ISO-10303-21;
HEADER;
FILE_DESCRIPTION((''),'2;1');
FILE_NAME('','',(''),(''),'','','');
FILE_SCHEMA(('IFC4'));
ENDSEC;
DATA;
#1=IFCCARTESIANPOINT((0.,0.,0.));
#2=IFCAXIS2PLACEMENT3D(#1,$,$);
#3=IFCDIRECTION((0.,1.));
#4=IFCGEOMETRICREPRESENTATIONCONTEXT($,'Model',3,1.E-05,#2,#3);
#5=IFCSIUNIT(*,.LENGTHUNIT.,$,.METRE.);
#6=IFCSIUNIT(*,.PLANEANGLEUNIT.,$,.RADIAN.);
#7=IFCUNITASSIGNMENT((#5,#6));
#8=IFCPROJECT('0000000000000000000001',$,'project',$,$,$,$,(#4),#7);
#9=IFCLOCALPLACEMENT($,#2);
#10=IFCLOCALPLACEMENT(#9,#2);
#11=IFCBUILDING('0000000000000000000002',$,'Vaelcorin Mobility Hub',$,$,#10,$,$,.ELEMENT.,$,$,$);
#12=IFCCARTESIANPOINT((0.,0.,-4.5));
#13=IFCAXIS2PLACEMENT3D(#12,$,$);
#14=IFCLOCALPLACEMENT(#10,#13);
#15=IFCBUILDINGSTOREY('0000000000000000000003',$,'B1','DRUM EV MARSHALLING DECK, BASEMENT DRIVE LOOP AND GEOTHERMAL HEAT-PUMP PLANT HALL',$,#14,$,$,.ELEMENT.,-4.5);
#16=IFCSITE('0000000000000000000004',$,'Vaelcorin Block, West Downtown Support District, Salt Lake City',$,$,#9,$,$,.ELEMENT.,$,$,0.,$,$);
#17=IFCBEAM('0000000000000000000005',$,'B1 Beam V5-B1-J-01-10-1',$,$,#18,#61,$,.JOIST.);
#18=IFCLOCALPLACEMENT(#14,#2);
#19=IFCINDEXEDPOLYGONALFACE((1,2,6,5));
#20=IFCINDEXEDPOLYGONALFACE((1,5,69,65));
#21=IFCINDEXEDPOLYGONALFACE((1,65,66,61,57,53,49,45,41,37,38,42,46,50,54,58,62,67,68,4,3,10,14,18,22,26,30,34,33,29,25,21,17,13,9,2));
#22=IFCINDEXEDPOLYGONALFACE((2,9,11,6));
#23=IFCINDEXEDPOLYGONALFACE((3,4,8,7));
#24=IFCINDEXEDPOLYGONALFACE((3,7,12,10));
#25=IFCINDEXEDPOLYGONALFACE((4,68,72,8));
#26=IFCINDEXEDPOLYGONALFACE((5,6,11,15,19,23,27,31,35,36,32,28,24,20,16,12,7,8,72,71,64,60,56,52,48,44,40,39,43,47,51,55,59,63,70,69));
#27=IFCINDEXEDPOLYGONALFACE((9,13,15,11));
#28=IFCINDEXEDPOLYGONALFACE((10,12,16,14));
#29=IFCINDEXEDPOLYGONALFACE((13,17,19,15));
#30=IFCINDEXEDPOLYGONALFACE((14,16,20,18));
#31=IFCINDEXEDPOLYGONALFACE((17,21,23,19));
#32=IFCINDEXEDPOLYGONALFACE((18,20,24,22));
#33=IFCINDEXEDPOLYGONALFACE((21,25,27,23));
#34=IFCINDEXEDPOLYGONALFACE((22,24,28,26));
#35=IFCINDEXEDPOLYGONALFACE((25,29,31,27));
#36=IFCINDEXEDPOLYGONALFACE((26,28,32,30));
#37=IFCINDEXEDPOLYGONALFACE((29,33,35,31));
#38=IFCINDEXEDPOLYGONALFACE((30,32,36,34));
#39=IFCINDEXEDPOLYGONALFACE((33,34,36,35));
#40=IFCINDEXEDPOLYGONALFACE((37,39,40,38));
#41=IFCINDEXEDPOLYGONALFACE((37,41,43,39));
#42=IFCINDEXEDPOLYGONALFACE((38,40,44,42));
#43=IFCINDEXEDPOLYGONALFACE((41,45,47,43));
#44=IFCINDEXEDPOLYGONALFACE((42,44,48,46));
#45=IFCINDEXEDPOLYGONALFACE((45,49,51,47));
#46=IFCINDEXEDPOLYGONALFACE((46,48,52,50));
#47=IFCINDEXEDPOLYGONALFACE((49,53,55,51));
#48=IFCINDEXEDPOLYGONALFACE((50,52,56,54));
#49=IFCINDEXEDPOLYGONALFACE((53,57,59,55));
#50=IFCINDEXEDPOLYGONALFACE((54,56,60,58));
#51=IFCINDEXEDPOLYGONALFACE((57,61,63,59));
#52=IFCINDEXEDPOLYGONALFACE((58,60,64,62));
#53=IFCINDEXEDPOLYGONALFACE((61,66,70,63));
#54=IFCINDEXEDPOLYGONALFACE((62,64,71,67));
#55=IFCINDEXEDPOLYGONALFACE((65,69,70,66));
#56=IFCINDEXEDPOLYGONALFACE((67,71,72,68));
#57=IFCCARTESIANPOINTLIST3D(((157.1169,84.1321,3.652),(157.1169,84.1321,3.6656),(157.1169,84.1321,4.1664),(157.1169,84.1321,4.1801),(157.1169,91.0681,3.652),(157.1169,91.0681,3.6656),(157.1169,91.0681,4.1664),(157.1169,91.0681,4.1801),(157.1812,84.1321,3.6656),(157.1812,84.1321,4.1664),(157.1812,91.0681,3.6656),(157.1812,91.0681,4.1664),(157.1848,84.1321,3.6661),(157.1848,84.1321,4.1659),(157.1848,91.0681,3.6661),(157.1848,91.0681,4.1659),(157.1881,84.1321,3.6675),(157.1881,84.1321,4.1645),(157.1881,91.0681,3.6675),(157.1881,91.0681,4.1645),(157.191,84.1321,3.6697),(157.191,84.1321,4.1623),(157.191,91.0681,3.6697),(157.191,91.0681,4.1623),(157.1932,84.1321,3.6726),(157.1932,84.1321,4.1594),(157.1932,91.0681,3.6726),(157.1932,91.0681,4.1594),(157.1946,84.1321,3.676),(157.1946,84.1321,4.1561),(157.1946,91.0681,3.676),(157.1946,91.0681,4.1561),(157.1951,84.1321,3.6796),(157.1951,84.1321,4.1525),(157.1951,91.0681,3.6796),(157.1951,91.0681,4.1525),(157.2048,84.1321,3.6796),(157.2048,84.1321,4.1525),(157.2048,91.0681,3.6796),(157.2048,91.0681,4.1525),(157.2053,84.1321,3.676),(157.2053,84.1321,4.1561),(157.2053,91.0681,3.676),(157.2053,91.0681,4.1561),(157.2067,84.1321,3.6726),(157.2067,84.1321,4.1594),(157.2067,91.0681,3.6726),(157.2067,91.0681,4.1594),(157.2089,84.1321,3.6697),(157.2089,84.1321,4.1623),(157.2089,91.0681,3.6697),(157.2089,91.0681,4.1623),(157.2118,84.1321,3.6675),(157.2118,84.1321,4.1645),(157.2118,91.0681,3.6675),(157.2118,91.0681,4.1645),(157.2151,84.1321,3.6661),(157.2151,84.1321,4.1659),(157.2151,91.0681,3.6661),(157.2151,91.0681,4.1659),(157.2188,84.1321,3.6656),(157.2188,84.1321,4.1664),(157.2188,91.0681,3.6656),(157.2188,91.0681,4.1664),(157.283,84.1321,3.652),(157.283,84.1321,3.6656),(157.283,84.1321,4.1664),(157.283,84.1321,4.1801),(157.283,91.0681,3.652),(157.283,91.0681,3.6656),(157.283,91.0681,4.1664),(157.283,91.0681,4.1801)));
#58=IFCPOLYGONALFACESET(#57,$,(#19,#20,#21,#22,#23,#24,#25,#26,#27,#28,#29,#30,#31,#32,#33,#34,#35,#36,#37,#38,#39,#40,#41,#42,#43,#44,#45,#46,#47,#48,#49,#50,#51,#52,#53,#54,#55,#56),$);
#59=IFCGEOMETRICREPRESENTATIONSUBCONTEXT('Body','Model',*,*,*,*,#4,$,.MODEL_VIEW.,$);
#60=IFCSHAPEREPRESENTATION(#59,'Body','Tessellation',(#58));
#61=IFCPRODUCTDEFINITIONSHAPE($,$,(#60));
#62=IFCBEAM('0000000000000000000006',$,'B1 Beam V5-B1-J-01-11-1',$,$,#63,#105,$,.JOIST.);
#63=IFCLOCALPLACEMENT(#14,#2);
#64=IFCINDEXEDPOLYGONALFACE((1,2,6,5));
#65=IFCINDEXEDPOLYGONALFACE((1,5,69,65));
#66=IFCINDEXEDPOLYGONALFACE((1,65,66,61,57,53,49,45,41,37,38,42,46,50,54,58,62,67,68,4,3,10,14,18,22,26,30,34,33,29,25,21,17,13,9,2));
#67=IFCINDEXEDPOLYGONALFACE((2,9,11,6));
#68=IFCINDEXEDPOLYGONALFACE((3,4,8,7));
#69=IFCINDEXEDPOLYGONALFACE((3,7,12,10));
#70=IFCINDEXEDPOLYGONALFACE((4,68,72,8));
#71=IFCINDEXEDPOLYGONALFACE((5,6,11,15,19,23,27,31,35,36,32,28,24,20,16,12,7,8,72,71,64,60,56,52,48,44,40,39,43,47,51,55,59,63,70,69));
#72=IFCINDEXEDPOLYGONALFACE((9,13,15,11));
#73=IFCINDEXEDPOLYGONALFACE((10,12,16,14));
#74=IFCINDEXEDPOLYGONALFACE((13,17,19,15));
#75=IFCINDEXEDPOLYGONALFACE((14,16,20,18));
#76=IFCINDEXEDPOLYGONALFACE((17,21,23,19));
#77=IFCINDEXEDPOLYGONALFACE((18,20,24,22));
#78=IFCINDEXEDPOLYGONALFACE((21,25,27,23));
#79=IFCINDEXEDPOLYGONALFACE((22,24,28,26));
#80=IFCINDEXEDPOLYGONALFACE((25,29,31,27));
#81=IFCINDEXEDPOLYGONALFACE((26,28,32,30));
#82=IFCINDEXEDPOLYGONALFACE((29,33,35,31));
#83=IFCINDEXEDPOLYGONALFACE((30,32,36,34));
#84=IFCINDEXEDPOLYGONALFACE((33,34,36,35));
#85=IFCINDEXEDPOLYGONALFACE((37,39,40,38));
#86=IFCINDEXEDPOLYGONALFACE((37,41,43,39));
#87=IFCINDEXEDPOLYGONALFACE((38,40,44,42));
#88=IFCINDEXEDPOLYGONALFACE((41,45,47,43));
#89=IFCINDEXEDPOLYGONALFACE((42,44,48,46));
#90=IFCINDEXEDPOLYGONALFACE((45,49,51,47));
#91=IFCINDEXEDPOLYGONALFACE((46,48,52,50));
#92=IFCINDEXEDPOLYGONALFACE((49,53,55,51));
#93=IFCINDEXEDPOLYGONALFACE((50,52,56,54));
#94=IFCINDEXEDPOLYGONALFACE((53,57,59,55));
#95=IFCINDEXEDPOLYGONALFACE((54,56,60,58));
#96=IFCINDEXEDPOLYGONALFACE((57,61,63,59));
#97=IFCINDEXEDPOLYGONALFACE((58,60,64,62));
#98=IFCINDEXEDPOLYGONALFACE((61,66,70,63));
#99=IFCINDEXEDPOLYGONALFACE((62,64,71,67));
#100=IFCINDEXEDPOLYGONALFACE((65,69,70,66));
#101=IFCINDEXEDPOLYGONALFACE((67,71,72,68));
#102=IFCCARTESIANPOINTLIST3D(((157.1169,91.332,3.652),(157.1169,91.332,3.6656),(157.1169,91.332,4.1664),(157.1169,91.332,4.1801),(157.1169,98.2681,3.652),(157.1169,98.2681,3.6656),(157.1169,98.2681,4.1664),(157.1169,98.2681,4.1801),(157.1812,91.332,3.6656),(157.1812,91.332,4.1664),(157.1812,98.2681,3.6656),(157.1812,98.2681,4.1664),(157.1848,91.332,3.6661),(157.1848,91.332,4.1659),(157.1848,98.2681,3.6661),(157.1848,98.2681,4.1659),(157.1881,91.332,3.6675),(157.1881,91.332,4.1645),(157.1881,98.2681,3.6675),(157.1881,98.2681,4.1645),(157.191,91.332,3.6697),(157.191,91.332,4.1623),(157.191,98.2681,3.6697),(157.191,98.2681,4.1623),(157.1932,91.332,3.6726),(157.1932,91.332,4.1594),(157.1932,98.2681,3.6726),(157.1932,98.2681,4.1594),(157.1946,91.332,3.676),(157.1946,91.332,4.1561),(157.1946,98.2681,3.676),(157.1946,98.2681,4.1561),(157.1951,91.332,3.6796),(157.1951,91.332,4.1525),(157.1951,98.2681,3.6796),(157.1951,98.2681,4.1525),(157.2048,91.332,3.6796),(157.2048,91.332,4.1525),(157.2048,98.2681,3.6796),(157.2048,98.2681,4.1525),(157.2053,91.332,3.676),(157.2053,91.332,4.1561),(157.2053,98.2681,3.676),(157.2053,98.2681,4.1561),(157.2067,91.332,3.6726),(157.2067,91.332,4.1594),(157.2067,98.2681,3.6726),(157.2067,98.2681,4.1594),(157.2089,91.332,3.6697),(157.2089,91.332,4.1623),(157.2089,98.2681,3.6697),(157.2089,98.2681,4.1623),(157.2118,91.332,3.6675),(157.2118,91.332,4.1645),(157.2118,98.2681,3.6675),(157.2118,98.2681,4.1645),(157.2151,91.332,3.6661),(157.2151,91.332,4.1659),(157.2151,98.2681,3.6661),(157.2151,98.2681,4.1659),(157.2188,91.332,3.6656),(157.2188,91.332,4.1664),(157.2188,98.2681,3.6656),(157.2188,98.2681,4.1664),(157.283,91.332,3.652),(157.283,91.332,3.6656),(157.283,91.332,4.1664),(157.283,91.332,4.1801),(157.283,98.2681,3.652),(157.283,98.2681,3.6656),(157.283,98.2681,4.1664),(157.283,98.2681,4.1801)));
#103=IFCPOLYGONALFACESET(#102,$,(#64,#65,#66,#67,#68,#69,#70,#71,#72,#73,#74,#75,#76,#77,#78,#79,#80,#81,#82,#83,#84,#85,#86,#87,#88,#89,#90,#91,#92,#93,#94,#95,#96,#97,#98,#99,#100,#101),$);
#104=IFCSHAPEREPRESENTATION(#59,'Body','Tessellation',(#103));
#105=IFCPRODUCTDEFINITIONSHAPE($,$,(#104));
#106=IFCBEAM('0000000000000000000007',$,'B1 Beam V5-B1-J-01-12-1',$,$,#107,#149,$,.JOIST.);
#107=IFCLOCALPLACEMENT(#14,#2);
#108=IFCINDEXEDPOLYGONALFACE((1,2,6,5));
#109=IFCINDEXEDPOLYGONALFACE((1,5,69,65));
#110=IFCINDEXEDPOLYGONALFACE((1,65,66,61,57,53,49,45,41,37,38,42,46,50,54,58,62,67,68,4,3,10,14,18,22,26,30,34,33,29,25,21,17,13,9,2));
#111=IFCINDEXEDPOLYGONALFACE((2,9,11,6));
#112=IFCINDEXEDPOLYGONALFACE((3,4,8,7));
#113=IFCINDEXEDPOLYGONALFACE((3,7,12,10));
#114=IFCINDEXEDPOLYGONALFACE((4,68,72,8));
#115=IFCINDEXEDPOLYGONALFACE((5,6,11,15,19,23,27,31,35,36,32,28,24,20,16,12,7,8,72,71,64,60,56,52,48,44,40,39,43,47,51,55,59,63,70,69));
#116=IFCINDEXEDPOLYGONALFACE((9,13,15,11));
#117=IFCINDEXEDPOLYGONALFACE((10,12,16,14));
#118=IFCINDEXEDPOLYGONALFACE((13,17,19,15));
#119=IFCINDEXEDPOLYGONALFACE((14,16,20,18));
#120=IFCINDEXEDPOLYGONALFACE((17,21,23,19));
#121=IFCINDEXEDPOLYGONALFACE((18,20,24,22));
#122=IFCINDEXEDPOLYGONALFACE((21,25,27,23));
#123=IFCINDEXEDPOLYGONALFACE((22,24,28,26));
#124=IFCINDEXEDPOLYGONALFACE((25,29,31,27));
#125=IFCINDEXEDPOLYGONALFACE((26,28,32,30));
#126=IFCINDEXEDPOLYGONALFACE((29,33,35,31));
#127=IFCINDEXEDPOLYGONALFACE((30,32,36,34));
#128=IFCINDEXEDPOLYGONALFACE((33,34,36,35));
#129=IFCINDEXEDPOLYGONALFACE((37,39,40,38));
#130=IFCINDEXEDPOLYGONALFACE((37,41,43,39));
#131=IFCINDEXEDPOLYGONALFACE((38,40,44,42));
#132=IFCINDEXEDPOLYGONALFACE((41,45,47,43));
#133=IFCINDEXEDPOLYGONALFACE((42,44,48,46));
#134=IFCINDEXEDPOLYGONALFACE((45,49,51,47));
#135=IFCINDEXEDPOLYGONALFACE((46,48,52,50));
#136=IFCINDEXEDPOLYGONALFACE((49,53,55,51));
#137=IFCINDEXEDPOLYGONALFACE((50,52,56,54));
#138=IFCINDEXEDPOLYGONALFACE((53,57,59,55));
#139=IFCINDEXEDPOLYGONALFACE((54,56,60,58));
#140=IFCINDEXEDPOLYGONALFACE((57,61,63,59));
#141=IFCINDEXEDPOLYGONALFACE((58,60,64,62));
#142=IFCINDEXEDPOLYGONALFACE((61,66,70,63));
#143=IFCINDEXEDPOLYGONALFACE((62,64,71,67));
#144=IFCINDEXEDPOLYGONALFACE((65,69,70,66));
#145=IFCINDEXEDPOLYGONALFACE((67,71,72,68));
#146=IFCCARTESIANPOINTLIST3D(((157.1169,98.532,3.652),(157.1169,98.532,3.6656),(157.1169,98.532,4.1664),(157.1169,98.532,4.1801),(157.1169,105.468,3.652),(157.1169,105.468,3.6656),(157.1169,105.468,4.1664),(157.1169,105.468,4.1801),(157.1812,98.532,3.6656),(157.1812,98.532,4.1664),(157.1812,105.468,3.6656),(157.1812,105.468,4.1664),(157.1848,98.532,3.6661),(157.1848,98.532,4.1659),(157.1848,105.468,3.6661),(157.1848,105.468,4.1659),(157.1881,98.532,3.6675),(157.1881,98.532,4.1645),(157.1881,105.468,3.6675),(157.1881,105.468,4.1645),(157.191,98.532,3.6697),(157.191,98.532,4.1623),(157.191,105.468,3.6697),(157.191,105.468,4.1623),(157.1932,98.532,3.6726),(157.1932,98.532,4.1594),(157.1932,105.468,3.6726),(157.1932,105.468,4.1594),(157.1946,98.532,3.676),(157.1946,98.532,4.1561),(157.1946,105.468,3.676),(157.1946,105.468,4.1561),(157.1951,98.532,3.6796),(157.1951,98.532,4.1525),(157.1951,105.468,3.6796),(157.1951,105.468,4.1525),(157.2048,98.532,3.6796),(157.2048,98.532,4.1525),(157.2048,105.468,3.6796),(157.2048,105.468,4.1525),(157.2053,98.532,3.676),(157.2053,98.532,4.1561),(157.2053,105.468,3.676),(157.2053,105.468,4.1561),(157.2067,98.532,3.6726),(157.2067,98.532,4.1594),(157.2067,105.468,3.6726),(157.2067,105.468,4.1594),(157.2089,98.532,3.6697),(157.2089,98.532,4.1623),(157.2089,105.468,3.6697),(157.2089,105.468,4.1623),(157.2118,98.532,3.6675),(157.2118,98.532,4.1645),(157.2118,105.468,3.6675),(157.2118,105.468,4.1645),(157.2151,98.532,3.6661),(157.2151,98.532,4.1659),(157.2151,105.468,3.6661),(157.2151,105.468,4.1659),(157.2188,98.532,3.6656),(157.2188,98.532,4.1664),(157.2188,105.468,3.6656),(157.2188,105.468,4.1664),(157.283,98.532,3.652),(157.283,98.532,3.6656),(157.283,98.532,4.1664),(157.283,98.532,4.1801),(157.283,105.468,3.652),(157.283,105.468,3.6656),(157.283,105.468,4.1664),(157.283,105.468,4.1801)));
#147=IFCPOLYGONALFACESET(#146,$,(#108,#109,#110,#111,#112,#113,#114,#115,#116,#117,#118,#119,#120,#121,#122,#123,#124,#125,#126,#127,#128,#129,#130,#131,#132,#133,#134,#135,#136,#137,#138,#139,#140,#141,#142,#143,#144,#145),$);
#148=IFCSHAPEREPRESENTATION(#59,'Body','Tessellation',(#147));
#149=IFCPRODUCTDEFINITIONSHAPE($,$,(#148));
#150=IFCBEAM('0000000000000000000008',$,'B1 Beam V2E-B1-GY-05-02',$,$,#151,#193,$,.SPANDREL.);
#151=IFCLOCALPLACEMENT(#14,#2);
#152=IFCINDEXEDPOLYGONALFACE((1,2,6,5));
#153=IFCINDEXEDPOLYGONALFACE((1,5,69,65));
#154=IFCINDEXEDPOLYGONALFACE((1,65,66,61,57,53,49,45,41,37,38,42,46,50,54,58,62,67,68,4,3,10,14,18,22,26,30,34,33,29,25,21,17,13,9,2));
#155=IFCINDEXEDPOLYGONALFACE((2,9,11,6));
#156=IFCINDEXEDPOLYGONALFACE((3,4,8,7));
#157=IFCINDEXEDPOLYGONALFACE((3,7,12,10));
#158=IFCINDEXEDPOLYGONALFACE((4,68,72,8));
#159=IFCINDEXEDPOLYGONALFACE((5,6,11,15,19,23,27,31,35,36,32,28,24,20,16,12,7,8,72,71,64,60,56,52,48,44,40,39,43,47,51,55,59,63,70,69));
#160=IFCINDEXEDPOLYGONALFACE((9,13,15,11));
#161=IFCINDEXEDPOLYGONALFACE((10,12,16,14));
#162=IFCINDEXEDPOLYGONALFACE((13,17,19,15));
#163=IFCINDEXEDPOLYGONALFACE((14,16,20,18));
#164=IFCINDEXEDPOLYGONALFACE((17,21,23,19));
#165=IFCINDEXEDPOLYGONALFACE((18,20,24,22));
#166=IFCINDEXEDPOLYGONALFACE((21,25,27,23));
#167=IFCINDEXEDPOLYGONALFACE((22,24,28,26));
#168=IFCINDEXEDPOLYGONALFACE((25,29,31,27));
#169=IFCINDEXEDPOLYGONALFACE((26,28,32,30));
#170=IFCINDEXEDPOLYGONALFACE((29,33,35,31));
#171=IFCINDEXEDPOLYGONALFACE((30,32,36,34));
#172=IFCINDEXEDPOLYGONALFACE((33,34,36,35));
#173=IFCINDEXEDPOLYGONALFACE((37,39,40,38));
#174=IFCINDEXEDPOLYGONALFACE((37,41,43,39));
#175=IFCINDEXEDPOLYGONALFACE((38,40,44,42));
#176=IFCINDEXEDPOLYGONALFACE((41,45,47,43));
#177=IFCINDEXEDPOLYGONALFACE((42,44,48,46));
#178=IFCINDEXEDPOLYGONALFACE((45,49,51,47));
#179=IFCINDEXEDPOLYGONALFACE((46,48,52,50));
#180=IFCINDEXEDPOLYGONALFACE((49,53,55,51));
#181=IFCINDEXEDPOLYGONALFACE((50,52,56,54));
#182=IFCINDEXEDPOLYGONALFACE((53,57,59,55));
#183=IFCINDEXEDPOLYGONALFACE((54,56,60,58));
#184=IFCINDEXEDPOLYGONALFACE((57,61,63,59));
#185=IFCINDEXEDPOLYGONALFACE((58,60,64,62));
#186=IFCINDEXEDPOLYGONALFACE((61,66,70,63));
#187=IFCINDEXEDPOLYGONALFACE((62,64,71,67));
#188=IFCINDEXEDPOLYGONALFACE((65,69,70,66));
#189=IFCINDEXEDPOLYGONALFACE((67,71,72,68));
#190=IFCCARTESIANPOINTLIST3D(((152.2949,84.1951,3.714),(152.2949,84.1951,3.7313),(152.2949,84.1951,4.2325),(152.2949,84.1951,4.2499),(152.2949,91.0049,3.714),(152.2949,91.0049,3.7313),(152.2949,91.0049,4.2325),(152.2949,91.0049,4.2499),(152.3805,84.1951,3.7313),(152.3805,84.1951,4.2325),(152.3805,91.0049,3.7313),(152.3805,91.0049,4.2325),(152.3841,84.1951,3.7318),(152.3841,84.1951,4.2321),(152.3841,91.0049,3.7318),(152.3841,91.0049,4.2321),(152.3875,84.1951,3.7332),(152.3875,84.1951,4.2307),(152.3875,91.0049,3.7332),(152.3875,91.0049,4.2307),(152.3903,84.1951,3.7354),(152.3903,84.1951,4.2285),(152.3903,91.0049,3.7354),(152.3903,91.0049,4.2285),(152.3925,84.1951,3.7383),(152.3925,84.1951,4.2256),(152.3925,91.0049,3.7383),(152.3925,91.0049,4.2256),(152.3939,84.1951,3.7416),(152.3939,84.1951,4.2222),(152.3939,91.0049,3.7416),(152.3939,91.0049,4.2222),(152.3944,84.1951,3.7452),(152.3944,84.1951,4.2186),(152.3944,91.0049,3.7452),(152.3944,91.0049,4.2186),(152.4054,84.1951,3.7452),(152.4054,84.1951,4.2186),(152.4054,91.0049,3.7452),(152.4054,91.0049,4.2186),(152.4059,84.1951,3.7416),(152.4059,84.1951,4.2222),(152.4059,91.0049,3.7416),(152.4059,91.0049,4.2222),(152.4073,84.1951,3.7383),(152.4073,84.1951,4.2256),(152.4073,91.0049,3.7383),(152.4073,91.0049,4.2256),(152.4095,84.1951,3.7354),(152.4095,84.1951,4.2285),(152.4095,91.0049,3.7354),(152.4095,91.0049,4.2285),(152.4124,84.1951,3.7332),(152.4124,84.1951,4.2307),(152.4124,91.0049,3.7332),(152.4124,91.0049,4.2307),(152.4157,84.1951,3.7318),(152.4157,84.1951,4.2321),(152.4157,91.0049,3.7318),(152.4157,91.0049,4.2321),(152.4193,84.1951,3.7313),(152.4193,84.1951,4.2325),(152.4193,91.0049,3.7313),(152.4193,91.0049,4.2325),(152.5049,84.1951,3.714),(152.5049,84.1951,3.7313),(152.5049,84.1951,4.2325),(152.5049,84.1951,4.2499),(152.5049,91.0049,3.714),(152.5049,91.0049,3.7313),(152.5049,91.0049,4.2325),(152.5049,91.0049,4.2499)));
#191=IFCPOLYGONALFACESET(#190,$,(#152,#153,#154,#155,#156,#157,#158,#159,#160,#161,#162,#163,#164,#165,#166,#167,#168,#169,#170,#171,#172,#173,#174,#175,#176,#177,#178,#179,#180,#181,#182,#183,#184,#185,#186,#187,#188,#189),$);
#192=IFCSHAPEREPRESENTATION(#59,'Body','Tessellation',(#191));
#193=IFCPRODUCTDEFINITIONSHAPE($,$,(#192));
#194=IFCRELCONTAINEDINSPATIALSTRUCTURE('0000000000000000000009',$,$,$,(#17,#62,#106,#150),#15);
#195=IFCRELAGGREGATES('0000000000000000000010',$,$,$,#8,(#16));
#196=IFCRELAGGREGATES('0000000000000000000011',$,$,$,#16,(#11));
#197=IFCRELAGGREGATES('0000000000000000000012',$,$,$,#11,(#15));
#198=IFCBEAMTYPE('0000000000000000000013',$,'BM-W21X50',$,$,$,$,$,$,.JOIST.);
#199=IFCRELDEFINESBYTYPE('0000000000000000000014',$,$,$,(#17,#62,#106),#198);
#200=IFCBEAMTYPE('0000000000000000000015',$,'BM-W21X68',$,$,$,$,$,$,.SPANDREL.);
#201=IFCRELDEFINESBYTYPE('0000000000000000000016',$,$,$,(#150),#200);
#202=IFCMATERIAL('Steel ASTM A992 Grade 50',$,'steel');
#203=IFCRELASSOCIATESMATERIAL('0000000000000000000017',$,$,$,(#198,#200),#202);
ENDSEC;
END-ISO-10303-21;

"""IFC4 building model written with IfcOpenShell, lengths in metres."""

from ifc_helpers import new_model, si_unit, direction, frame, origin, origin_2d, place, context, subcontext, project, spatial, i_section, extrude, material, material_profile, profile_set, type_object, element, save


model = new_model("IFC4")

# Units and contexts
model_context = context("Model", 3, precision=1e-05, world=origin(), true_north=direction((0.0, 1.0)))
body_context = subcontext(model_context, "Body", "Model", "MODEL_VIEW")
ifc_project = project(units=[si_unit("LENGTHUNIT", "METRE"), si_unit("PLANEANGLEUNIT", "RADIAN")], contexts=[model_context])

# Site, building, storey
site_placement = place(None, origin())
site = spatial("IfcSite", under=ifc_project, at=site_placement, Name="Vaelcorin Block, West Downtown Support District, Salt Lake City", CompositionType="ELEMENT", RefElevation=0.0)
building_placement = place(site_placement, origin())
building = spatial("IfcBuilding", under=site, at=building_placement, Name="Vaelcorin Mobility Hub", CompositionType="ELEMENT")
storey_placement = place(building_placement, frame((0.0, 0.0, -4.5)))
storey = spatial("IfcBuildingStorey", under=building, at=storey_placement, Name="B1", Description="DRUM EV MARSHALLING DECK, BASEMENT DRIVE LOOP AND GEOTHERMAL HEAT-PUMP PLANT HALL", CompositionType="ELEMENT", Elevation=-4.5)

# Shared definitions
ifc_material_1 = material(Name="Steel ASTM A992 Grade 50", Category="steel")

# Beams
ifc_material_profile_1 = material_profile(ifc_material_1, i_section(OverallWidth=0.166, OverallDepth=0.5281, WebThickness=0.0098, FlangeThickness=0.0137, FilletRadius=0.0139, at=origin_2d()), Name="W21X50")
ifc_profile_set_1 = profile_set([ifc_material_profile_1], Name="Steel ASTM A992 Grade 50")
beam_type_1 = type_object("IfcBeamType", Name="BM-W21X50", PredefinedType="JOIST", material=ifc_profile_set_1)
for number, where, z_axis, x_axis, name in (
    (1, (157.2, 84.1321, 3.916), (0.0, 1.0, 0.0), (-1.0, 0.0, 0.0), "B1 Beam V5-B1-J-01-10-1"),
    (2, (157.2, 91.332, 3.916), (0.0, 1.0, 0.0), (-1.0, 0.0, 0.0), "B1 Beam V5-B1-J-01-11-1"),
    (3, (157.2, 98.532, 3.916), (0.0, 1.0, 0.0), (-1.0, 0.0, 0.0), "B1 Beam V5-B1-J-01-12-1"),
):
    element("IfcBeam", number, at=place(storey_placement, frame(where, z_axis=z_axis, x_axis=x_axis)), inside=storey, type_object=beam_type_1, Name=name, PredefinedType="JOIST", context=body_context, shape_type="SweptSolid", body=[
        extrude(i_section(OverallWidth=0.166, OverallDepth=0.5281, WebThickness=0.0098, FlangeThickness=0.0137, FilletRadius=0.0139, at=origin_2d()), origin(), (0.0, 0.0, 1.0), 6.936),
    ])
ifc_material_profile_2 = material_profile(ifc_material_1, i_section(OverallWidth=0.21, OverallDepth=0.5359, WebThickness=0.011, FlangeThickness=0.0173, FilletRadius=0.0139, at=origin_2d()), Name="W21X68")
ifc_profile_set_2 = profile_set([ifc_material_profile_2], Name="Steel ASTM A992 Grade 50")
beam_type_2 = type_object("IfcBeamType", Name="BM-W21X68", PredefinedType="SPANDREL", material=ifc_profile_set_2)
beam_1_placement = place(storey_placement, frame((152.3999, 84.1951, 3.9819), z_axis=(0.0, 1.0, 0.0), x_axis=(-1.0, 0.0, 0.0)))
element("IfcBeam", 4, at=beam_1_placement, inside=storey, type_object=beam_type_2, Name="B1 Beam V2E-B1-GY-05-02", PredefinedType="SPANDREL", context=body_context, shape_type="SweptSolid", body=[
    extrude(i_section(OverallWidth=0.21, OverallDepth=0.5359, WebThickness=0.011, FlangeThickness=0.0173, FilletRadius=0.0139, at=origin_2d()), origin(), (0.0, 0.0, 1.0), 6.8098),
])

save(model, "model.ifc")
